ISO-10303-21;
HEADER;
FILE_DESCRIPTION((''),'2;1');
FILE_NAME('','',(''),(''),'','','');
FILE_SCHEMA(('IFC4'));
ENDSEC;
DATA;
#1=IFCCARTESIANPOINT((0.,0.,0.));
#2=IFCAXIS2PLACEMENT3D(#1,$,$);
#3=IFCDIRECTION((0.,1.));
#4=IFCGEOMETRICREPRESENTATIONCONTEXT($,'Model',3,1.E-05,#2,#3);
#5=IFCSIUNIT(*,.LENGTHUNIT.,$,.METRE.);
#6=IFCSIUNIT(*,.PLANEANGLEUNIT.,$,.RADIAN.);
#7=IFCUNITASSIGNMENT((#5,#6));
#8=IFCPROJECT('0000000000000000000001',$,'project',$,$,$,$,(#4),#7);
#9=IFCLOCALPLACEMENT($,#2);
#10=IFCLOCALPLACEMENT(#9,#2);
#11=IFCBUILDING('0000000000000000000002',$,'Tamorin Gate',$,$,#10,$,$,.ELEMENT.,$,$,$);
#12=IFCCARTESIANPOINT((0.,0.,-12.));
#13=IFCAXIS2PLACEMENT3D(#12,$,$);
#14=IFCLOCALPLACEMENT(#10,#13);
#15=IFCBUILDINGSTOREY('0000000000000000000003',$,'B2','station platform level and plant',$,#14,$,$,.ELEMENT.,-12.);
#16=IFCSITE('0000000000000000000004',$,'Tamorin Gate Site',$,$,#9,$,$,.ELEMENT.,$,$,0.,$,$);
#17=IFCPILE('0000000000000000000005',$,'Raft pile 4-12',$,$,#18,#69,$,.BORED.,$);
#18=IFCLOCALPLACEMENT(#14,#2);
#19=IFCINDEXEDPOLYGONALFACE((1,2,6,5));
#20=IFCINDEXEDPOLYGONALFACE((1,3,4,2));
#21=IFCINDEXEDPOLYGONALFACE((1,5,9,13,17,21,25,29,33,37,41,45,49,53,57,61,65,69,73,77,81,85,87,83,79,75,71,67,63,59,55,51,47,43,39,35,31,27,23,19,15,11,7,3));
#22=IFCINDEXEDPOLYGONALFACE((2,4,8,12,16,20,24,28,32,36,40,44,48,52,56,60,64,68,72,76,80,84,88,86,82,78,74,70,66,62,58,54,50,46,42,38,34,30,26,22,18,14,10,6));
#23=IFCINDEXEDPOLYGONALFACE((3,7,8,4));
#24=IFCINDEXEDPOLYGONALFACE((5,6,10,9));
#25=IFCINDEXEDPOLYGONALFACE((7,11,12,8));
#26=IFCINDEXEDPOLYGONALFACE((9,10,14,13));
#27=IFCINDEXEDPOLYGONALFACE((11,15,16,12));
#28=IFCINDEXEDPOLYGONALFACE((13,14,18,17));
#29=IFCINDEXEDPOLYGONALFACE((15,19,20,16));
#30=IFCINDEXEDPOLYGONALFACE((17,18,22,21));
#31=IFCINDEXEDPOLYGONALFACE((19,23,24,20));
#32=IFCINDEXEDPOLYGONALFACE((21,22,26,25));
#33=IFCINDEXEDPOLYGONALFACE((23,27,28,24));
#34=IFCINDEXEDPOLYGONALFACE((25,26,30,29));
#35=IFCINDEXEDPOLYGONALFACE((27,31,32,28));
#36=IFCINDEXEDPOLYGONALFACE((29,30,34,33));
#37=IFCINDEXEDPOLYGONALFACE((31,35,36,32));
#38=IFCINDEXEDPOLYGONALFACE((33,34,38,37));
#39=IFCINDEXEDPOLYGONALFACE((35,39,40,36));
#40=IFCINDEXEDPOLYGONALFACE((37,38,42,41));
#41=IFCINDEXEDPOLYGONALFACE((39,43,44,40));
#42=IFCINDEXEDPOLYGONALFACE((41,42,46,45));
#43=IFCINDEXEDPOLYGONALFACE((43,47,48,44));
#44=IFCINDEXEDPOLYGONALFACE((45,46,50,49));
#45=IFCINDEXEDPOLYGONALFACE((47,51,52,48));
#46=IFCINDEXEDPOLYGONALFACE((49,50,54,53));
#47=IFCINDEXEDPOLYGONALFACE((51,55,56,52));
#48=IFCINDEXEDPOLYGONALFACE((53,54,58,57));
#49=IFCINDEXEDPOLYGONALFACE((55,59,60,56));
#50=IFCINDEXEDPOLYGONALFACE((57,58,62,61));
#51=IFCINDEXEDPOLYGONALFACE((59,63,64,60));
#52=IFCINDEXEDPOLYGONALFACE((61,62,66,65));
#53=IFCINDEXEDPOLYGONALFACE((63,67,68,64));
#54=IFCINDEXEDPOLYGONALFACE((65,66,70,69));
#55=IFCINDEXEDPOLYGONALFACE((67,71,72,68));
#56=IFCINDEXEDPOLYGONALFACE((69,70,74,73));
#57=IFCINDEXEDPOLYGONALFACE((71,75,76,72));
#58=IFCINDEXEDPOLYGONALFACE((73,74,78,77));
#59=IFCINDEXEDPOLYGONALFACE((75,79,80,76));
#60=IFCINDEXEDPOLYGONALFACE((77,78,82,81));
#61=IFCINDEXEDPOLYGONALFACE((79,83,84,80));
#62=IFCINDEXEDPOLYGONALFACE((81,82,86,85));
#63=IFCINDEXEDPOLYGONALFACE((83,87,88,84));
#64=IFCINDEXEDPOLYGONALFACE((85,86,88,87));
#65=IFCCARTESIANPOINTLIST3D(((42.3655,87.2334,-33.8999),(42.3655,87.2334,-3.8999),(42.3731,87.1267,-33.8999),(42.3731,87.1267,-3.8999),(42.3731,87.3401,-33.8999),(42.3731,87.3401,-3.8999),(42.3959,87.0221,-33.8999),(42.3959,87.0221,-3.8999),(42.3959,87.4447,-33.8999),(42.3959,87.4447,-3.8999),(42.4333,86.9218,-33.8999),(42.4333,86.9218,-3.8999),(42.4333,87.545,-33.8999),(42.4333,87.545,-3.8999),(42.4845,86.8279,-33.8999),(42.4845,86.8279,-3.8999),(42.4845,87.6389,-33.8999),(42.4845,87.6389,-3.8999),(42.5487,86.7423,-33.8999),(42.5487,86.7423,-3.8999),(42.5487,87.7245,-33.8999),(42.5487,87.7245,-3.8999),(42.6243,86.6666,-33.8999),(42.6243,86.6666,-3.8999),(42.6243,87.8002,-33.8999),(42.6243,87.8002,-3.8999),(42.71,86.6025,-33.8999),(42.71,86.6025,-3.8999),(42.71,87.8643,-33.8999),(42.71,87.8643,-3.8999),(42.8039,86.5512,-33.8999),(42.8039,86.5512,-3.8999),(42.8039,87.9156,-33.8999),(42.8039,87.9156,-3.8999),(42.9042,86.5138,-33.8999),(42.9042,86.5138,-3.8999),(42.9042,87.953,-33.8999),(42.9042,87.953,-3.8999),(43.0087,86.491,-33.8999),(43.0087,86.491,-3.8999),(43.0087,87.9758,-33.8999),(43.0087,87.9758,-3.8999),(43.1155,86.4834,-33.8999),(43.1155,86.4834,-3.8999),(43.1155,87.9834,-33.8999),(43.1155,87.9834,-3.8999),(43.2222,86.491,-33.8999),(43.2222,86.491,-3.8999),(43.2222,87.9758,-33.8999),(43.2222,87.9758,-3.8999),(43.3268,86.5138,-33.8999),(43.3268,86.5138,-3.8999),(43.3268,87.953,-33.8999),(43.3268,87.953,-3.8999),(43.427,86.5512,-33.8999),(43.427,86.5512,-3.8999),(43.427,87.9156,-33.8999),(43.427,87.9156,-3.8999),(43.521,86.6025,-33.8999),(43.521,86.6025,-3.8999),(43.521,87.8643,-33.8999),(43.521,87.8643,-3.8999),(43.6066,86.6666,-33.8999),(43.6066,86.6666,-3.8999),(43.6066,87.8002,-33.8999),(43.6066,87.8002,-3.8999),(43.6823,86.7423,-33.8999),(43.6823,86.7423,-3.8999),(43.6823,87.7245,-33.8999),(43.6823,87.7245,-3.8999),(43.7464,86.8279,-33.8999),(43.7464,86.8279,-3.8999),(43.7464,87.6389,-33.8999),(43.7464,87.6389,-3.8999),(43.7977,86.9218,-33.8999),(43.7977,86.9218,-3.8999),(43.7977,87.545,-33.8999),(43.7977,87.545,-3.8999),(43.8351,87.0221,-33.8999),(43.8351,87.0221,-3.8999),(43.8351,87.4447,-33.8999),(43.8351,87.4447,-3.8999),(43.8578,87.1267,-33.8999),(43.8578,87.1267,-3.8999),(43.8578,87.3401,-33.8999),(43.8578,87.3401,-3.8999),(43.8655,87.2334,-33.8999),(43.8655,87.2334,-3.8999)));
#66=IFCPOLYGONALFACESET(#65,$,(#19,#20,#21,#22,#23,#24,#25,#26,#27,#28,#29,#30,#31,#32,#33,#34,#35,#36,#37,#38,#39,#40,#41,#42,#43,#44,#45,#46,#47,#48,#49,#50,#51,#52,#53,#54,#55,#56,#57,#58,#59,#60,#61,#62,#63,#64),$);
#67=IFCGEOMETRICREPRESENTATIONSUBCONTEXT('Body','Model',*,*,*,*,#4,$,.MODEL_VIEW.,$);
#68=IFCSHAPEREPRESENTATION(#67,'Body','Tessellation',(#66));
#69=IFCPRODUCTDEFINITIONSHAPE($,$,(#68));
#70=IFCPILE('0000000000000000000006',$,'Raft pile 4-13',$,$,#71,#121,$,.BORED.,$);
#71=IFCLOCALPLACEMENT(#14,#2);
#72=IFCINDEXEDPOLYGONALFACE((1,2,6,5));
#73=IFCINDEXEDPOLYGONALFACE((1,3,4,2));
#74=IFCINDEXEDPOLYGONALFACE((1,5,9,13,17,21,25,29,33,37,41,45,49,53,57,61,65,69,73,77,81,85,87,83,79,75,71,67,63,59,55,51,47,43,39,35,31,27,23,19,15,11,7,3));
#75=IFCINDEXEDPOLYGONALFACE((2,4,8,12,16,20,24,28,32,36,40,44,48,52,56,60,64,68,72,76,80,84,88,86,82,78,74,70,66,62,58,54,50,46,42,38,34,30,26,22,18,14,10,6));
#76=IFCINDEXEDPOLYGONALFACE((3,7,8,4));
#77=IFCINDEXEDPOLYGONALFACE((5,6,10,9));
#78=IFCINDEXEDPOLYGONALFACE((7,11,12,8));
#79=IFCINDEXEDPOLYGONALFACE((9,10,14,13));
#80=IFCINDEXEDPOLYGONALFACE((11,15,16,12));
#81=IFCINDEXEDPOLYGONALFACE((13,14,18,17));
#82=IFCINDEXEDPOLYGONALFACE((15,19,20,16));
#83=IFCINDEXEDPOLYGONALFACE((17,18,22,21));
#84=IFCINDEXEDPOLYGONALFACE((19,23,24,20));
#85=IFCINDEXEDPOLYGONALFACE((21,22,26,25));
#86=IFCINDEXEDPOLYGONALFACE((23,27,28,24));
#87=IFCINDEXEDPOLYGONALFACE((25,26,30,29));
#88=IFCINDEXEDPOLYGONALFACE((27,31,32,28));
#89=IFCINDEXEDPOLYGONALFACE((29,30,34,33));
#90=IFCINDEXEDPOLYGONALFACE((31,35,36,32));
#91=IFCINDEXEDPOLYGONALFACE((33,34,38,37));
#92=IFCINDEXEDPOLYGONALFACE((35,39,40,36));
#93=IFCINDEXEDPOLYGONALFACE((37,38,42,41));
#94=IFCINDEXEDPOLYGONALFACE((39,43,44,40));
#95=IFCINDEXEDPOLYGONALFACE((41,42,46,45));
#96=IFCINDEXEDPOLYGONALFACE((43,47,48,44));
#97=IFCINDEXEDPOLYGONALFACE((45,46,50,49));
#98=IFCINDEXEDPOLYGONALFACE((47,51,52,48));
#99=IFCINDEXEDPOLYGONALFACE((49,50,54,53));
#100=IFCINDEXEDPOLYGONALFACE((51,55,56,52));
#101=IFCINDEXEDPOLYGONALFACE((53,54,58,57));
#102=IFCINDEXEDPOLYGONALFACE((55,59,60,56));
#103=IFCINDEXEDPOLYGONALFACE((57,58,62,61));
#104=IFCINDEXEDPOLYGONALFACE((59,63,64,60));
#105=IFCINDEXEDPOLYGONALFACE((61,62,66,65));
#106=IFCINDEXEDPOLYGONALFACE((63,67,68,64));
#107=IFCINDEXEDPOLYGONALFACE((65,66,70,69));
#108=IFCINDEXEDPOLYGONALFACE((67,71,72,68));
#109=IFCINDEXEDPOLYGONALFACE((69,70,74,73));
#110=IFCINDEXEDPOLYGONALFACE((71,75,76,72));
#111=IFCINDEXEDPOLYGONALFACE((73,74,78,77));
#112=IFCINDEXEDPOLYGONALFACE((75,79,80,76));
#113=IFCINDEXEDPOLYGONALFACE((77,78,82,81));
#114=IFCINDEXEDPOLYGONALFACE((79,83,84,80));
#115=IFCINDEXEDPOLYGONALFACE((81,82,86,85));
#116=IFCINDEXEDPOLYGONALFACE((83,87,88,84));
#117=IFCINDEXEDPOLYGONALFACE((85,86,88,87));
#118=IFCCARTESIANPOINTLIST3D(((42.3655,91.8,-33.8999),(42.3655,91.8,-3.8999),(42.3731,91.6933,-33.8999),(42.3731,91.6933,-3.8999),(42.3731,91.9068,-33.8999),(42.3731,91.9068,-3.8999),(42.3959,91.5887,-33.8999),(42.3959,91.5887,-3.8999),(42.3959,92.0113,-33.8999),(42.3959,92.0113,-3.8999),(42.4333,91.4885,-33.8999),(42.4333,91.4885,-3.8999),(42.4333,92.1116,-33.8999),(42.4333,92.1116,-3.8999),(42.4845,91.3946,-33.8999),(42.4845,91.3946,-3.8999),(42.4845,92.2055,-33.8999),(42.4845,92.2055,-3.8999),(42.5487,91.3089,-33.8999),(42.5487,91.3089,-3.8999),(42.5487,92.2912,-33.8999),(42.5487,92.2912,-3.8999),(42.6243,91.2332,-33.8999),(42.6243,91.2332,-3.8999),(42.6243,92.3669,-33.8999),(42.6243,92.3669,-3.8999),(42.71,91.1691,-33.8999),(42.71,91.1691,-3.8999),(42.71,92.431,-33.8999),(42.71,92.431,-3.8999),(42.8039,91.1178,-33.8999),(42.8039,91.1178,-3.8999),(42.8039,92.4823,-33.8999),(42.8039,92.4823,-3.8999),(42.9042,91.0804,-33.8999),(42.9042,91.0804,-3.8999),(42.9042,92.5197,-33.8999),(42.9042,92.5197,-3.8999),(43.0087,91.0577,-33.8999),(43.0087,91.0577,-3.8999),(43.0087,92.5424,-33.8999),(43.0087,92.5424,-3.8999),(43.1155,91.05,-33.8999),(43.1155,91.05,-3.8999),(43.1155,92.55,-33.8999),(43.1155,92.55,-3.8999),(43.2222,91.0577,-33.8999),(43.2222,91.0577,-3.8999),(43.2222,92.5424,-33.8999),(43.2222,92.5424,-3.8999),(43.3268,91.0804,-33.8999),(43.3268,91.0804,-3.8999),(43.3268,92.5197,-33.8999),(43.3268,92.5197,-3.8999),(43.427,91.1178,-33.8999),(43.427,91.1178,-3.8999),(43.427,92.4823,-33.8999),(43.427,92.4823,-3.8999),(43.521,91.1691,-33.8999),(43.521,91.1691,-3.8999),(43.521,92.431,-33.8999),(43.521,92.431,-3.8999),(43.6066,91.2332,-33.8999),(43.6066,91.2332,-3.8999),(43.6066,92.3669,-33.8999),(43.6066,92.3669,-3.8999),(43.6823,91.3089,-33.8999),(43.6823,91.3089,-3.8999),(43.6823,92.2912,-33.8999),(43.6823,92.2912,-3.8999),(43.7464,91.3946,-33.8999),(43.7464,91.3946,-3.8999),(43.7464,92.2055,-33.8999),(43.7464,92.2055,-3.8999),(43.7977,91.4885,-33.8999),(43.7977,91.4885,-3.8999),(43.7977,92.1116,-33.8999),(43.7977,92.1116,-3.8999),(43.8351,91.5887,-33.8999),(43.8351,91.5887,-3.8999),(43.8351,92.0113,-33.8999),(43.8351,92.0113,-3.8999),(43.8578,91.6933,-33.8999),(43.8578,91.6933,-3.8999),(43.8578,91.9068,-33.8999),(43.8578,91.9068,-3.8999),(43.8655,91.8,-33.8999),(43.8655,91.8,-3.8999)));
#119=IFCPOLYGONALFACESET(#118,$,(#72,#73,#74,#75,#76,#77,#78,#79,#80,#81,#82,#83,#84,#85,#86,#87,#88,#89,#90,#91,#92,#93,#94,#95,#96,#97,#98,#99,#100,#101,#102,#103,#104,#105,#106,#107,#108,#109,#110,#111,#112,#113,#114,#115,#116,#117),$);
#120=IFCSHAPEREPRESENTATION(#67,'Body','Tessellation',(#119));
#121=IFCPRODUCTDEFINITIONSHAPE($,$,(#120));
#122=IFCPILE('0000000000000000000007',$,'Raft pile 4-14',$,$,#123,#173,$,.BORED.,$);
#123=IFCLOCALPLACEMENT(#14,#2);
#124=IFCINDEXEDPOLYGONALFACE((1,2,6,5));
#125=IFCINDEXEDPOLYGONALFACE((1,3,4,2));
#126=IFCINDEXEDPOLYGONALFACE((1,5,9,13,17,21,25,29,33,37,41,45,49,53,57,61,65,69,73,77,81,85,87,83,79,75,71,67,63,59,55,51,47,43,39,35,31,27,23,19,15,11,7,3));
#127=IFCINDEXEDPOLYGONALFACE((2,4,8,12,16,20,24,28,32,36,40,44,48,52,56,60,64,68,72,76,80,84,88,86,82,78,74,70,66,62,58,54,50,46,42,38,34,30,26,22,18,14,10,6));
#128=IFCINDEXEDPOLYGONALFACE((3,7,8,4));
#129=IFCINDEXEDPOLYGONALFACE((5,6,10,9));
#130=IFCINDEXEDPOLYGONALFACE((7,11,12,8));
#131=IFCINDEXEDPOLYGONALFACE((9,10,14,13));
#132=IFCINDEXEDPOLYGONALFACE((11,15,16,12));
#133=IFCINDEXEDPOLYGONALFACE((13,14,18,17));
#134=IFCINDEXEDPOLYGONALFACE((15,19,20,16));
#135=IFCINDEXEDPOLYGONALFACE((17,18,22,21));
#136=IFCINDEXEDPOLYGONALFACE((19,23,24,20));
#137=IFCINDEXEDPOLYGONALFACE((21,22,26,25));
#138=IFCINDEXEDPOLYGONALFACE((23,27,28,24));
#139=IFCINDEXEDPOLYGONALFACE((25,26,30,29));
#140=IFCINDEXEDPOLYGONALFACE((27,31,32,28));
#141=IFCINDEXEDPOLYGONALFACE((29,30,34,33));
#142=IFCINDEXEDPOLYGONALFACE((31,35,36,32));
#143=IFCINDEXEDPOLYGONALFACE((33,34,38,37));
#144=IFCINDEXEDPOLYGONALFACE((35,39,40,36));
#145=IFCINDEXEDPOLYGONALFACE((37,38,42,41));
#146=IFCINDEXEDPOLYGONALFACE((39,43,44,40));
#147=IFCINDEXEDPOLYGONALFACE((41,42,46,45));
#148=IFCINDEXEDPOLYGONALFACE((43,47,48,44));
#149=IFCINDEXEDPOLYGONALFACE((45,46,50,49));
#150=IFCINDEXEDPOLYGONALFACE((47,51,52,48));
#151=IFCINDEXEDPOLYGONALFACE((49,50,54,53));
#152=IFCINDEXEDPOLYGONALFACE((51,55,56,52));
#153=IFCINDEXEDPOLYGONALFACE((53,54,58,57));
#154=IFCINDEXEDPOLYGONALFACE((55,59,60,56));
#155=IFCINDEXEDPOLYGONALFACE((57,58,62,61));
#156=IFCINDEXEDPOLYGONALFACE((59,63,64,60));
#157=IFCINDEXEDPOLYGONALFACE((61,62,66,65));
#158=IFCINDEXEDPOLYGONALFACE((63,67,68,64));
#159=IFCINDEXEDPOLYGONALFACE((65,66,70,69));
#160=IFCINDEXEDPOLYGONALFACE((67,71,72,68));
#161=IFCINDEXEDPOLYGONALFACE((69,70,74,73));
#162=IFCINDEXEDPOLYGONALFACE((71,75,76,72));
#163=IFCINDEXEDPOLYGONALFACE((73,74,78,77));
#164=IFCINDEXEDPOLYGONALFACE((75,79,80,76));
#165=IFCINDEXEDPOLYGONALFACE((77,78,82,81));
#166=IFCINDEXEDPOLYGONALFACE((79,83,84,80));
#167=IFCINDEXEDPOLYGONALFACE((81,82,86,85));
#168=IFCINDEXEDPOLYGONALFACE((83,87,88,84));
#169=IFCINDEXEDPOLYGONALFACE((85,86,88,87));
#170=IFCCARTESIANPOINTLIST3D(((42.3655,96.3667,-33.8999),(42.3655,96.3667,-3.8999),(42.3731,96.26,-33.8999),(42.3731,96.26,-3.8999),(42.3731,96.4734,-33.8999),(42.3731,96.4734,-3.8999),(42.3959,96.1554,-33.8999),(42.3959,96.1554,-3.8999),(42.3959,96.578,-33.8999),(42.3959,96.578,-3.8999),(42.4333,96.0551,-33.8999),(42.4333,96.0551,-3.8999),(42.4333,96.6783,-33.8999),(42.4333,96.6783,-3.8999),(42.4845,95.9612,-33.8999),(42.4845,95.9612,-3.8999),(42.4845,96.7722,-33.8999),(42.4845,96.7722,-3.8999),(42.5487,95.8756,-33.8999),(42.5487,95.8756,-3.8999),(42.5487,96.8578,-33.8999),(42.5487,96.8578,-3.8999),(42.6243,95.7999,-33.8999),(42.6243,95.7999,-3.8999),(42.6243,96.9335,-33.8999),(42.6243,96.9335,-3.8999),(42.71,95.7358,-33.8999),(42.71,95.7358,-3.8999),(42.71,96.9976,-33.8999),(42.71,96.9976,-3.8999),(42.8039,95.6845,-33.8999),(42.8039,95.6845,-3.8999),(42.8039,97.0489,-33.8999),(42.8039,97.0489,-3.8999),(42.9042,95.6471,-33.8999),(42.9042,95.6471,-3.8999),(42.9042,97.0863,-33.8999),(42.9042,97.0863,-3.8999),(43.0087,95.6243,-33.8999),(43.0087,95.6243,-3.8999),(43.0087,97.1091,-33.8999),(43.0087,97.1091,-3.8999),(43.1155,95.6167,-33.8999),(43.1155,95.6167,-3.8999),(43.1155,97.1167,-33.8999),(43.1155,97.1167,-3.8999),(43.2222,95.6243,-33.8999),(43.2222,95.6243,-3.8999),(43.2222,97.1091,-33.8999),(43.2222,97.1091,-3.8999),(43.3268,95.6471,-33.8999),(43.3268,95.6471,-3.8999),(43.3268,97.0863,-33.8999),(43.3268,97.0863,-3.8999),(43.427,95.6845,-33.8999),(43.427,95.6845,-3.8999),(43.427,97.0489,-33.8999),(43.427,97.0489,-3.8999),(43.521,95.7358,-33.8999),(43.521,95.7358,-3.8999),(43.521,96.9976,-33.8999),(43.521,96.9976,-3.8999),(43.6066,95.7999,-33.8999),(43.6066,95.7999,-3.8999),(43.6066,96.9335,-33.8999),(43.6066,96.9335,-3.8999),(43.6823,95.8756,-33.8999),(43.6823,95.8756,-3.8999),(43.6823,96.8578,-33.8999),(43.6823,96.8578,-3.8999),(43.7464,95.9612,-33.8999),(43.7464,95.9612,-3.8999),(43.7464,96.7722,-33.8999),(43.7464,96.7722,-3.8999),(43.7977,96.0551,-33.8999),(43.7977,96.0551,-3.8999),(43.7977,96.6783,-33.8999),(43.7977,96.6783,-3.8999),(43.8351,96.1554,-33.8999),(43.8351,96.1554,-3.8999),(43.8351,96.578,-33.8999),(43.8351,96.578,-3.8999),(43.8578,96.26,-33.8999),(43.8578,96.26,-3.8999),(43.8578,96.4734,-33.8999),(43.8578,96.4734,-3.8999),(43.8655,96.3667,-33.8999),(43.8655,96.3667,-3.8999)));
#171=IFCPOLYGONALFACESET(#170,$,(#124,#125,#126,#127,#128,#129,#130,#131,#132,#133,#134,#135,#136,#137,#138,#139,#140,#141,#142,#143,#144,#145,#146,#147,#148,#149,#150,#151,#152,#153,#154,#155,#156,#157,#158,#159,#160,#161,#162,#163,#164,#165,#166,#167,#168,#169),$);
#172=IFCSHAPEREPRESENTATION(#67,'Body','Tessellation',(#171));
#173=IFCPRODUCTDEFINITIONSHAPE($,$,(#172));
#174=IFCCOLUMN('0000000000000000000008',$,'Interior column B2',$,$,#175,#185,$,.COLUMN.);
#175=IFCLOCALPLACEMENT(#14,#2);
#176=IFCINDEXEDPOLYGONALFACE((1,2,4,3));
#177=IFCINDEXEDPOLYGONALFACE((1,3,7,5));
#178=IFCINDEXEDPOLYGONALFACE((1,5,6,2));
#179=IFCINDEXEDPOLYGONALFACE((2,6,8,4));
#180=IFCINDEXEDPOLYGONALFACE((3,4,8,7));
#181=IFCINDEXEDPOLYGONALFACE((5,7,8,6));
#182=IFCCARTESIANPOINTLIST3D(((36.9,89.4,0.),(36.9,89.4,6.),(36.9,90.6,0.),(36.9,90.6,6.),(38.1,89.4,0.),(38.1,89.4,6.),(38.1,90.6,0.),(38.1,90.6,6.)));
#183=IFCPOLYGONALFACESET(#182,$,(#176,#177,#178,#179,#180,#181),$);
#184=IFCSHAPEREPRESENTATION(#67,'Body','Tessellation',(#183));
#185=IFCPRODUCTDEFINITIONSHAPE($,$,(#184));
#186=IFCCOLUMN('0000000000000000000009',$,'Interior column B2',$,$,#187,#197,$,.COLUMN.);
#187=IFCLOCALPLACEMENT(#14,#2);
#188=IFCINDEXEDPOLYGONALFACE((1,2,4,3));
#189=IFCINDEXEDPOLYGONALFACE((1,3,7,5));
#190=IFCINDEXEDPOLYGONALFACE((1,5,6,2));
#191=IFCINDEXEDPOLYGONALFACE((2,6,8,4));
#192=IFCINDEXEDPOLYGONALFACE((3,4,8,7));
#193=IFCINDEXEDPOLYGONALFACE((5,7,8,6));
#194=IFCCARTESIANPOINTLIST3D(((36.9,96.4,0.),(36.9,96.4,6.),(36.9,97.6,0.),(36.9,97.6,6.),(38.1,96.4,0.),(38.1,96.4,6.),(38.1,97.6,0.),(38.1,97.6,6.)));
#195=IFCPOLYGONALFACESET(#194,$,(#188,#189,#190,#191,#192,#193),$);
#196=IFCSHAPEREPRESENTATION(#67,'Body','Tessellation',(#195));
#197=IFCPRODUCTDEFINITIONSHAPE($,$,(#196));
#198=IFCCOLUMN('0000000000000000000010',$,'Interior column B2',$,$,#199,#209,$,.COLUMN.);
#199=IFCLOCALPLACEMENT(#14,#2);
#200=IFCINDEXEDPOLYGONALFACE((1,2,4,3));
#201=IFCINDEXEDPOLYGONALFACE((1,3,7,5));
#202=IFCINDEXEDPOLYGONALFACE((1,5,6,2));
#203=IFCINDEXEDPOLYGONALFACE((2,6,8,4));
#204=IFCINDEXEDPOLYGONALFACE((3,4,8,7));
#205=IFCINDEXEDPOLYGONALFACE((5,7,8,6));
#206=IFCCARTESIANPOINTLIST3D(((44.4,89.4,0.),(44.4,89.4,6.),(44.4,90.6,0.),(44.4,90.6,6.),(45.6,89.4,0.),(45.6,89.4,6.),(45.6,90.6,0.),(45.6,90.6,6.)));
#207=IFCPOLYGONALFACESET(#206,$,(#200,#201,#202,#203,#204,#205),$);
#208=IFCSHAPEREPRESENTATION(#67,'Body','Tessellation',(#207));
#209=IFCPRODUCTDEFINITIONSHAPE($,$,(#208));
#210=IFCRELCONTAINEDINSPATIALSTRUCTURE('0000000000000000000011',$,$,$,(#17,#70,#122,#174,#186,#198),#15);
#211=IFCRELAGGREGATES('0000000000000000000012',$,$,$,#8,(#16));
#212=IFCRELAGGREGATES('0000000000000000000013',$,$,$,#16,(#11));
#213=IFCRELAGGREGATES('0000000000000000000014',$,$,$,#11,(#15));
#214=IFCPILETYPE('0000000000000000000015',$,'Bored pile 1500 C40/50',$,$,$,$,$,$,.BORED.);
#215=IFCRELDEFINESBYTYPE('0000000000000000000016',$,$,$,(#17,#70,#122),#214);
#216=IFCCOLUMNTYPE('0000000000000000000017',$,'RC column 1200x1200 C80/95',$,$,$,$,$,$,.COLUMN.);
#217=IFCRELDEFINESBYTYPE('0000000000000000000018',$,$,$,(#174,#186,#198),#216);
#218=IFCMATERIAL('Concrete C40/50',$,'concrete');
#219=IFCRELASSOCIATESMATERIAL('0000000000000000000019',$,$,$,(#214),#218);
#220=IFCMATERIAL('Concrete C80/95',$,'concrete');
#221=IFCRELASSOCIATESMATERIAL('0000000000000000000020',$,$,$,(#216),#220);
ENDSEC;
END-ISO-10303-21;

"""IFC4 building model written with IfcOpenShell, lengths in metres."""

from ifc_helpers import new_model, si_unit, direction, frame, origin, origin_2d, place, context, subcontext, project, spatial, rectangle, circle, extrude, material, material_profile, profile_set, type_object, element, save


model = new_model("IFC4")

# Units and contexts
model_context = context("Model", 3, precision=1e-05, world=origin(), true_north=direction((0.0, 1.0)))
body_context = subcontext(model_context, "Body", "Model", "MODEL_VIEW")
ifc_project = project(units=[si_unit("LENGTHUNIT", "METRE"), si_unit("PLANEANGLEUNIT", "RADIAN")], contexts=[model_context])

# Site, building, storey
site_placement = place(None, origin())
site = spatial("IfcSite", under=ifc_project, at=site_placement, Name="Tamorin Gate Site", CompositionType="ELEMENT", RefElevation=0.0)
building_placement = place(site_placement, origin())
building = spatial("IfcBuilding", under=site, at=building_placement, Name="Tamorin Gate", CompositionType="ELEMENT")
storey_placement = place(building_placement, frame((0.0, 0.0, -12.0)))
storey = spatial("IfcBuildingStorey", under=building, at=storey_placement, Name="B2", Description="station platform level and plant", CompositionType="ELEMENT", Elevation=-12.0)

# Piles
ifc_material_1 = material(Name="Concrete C40/50", Category="concrete")
ifc_material_profile_1 = material_profile(ifc_material_1, circle(Radius=0.75, at=origin_2d()))
ifc_profile_set_1 = profile_set([ifc_material_profile_1], Name="Concrete C40/50")
pile_type = type_object("IfcPileType", Name="Bored pile 1500 C40/50", PredefinedType="BORED", material=ifc_profile_set_1)
for number, where, z_axis, x_axis, name in (
    (1, (43.1155, 87.2334, -3.8999), (0.0, 0.0, -1.0), (1.0, 0.0, 0.0), "Raft pile 4-12"),
    (2, (43.1155, 91.8, -3.8999), (0.0, 0.0, -1.0), (1.0, 0.0, 0.0), "Raft pile 4-13"),
    (3, (43.1155, 96.3667, -3.8999), (0.0, 0.0, -1.0), (1.0, 0.0, 0.0), "Raft pile 4-14"),
):
    element("IfcPile", number, at=place(storey_placement, frame(where, z_axis=z_axis, x_axis=x_axis)), inside=storey, type_object=pile_type, Name=name, PredefinedType="BORED", context=body_context, shape_type="SweptSolid", body=[
        extrude(circle(Radius=0.75, at=origin_2d()), origin(), (0.0, 0.0, 1.0), 30.0),
    ])

# Columns
ifc_material_2 = material(Name="Concrete C80/95", Category="concrete")
ifc_material_profile_2 = material_profile(ifc_material_2, rectangle(XDim=1.2, YDim=1.2, at=origin_2d()), Name="RC 1200x1200")
ifc_profile_set_2 = profile_set([ifc_material_profile_2], Name="Concrete C80/95")
column_type = type_object("IfcColumnType", Name="RC column 1200x1200 C80/95", PredefinedType="COLUMN", material=ifc_profile_set_2)
for number, where, z_axis, x_axis, name in (
    (4, (37.5, 90.0, 0.0), (0.0, 0.0, 1.0), (1.0, 0.0, 0.0), "Interior column B2"),
    (5, (37.5, 97.0, 0.0), (0.0, 0.0, 1.0), (1.0, 0.0, 0.0), "Interior column B2"),
    (6, (45.0, 90.0, 0.0), (0.0, 0.0, 1.0), (1.0, 0.0, 0.0), "Interior column B2"),
):
    element("IfcColumn", number, at=place(storey_placement, frame(where, z_axis=z_axis, x_axis=x_axis)), inside=storey, type_object=column_type, Name=name, PredefinedType="COLUMN", context=body_context, shape_type="SweptSolid", body=[
        extrude(rectangle(XDim=1.2, YDim=1.2, at=origin_2d()), origin(), (0.0, 0.0, 1.0), 6.0),
    ])

save(model, "model.ifc")
